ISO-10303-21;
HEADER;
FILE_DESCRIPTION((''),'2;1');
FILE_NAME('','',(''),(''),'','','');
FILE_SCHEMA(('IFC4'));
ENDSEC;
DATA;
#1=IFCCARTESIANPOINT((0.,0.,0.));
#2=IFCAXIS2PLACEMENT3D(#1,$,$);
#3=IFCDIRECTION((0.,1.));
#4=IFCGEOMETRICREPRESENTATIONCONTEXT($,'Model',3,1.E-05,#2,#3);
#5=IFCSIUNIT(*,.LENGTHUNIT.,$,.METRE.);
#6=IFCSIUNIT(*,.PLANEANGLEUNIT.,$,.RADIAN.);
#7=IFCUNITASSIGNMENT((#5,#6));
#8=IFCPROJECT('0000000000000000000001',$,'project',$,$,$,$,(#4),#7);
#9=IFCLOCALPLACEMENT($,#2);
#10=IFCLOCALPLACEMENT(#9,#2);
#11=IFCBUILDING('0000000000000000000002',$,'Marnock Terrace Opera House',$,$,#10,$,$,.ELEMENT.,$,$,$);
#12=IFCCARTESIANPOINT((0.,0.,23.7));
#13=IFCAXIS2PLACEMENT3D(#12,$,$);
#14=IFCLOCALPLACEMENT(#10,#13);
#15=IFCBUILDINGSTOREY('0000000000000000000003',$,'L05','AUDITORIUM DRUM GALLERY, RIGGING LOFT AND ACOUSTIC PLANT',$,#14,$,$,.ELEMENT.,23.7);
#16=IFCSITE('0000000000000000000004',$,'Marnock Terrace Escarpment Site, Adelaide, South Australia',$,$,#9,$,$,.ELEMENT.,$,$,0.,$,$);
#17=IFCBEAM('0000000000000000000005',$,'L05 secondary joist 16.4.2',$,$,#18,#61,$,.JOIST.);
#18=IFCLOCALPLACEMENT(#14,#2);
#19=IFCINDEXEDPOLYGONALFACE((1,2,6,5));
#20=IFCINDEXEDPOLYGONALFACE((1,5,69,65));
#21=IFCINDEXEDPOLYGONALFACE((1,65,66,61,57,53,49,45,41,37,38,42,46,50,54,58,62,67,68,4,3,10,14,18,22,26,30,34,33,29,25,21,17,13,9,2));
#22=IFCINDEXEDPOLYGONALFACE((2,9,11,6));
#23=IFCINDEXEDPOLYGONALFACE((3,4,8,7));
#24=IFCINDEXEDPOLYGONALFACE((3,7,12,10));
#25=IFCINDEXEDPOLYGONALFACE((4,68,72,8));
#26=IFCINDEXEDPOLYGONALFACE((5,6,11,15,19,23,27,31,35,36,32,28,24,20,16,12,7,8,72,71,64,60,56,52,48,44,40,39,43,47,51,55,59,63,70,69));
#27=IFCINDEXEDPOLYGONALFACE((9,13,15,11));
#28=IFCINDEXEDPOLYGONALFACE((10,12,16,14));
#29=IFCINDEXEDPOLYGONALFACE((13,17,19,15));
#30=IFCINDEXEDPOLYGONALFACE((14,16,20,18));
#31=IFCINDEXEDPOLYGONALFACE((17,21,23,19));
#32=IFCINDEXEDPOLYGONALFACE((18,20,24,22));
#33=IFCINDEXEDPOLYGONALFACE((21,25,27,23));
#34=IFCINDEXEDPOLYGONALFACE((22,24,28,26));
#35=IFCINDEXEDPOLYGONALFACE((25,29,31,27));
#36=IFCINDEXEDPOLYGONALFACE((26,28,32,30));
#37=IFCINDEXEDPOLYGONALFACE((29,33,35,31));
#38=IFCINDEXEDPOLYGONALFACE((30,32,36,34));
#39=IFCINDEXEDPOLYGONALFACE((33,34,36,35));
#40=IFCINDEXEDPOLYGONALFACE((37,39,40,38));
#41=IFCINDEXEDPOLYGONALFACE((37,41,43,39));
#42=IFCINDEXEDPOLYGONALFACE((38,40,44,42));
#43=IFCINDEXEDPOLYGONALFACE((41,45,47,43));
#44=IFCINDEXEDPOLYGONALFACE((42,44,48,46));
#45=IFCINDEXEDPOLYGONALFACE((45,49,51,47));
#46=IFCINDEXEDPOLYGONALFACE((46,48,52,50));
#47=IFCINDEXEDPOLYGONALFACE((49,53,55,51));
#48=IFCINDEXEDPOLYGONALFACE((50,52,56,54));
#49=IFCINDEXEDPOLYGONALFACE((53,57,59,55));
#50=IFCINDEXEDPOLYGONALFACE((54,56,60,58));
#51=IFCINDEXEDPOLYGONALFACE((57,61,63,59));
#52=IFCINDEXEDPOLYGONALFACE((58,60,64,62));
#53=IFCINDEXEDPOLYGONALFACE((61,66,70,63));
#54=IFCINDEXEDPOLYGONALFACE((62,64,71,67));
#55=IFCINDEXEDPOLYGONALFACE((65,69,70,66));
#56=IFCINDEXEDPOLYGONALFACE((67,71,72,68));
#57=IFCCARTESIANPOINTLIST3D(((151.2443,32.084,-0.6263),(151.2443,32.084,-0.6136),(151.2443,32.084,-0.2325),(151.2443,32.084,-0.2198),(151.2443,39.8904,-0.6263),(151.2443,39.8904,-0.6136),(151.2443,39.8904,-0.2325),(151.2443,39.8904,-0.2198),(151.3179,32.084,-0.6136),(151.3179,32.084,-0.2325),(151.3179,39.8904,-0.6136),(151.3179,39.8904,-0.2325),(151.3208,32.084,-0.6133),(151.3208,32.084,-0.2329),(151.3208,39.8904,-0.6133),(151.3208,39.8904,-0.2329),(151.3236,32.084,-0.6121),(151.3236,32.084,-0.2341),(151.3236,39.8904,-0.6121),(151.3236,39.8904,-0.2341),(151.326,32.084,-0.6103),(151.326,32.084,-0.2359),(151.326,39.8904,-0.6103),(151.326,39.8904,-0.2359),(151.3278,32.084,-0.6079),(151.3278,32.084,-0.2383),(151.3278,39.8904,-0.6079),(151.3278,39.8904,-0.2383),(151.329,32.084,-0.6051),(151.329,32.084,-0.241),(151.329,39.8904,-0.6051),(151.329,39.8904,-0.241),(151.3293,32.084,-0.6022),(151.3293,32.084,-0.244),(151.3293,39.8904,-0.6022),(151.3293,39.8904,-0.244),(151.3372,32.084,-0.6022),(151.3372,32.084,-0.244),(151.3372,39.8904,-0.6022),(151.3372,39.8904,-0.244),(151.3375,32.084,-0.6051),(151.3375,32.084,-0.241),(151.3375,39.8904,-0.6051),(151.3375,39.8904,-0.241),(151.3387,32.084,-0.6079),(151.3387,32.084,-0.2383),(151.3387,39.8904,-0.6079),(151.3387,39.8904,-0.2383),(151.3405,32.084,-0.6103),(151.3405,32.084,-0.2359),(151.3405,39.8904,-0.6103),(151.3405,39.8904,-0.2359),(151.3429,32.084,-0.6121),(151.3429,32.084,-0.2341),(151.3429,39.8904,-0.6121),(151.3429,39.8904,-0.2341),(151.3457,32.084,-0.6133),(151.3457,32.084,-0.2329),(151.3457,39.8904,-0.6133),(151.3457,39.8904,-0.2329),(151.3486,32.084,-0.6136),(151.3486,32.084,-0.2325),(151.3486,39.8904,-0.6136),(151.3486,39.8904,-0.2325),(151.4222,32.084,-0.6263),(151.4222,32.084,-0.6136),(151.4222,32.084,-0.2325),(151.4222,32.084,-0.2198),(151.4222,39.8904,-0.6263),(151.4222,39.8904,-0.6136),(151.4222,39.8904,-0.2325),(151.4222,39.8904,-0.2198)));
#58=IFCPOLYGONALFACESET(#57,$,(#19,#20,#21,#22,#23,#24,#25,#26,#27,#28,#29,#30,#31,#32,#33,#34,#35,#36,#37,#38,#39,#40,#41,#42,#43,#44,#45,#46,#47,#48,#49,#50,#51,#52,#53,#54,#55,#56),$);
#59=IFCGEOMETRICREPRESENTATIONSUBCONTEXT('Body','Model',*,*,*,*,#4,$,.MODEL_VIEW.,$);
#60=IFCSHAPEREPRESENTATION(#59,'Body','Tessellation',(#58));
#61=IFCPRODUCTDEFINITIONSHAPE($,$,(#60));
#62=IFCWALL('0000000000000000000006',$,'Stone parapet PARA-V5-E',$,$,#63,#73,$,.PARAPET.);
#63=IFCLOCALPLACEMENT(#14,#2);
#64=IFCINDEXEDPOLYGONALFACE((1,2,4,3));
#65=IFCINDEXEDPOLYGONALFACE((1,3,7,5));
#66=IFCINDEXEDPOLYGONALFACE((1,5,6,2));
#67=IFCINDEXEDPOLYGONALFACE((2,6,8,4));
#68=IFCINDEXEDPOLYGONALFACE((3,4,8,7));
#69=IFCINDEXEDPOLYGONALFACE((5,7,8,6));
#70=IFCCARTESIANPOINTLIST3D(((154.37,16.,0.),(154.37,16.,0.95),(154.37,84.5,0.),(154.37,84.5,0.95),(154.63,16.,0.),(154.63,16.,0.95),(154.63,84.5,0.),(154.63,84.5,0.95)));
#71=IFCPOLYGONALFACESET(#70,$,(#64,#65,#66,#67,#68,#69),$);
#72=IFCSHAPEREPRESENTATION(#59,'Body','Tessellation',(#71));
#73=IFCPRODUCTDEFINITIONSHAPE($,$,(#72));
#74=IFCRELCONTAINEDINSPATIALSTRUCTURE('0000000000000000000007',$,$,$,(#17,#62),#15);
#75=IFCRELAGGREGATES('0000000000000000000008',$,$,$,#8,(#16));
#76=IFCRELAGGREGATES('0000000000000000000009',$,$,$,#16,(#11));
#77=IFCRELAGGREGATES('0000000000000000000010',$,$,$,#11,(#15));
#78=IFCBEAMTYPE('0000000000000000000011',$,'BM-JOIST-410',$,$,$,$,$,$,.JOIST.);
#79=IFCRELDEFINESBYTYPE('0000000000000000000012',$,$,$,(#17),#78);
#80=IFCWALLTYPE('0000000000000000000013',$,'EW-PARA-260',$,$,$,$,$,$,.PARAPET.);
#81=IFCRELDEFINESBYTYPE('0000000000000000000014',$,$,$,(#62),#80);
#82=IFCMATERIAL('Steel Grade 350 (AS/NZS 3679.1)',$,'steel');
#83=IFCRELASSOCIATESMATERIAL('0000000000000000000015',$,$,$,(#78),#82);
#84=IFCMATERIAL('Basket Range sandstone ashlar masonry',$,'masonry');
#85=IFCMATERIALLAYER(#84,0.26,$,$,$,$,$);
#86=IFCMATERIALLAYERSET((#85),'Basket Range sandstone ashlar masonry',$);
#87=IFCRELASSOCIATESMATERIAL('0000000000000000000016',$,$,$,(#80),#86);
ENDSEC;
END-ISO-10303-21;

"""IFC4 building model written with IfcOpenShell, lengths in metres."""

from ifc_helpers import new_model, si_unit, direction, frame, frame_2d, origin, origin_2d, place, context, subcontext, project, spatial, rectangle, i_section, extrude, material, layer, layer_set, material_profile, profile_set, type_object, element, save


model = new_model("IFC4")

# Units and contexts
model_context = context("Model", 3, precision=1e-05, world=origin(), true_north=direction((0.0, 1.0)))
body_context = subcontext(model_context, "Body", "Model", "MODEL_VIEW")
ifc_project = project(units=[si_unit("LENGTHUNIT", "METRE"), si_unit("PLANEANGLEUNIT", "RADIAN")], contexts=[model_context])

# Site, building, storey
site_placement = place(None, origin())
site = spatial("IfcSite", under=ifc_project, at=site_placement, Name="Marnock Terrace Escarpment Site, Adelaide, South Australia", CompositionType="ELEMENT", RefElevation=0.0)
building_placement = place(site_placement, origin())
building = spatial("IfcBuilding", under=site, at=building_placement, Name="Marnock Terrace Opera House", CompositionType="ELEMENT")
storey_placement = place(building_placement, frame((0.0, 0.0, 23.7)))
storey = spatial("IfcBuildingStorey", under=building, at=storey_placement, Name="L05", Description="AUDITORIUM DRUM GALLERY, RIGGING LOFT AND ACOUSTIC PLANT", CompositionType="ELEMENT", Elevation=23.7)

# Beam
ifc_material_1 = material(Name="Steel Grade 350 (AS/NZS 3679.1)", Category="steel")
ifc_material_profile_1 = material_profile(ifc_material_1, i_section(OverallWidth=0.178, OverallDepth=0.4065, WebThickness=0.0078, FlangeThickness=0.0127, FilletRadius=0.0115, at=origin_2d()))
ifc_profile_set_1 = profile_set([ifc_material_profile_1], Name="Steel Grade 350 (AS/NZS 3679.1)")
beam_type_1 = type_object("IfcBeamType", Name="BM-JOIST-410", PredefinedType="JOIST", material=ifc_profile_set_1)
for number, where, z_axis, x_axis, name in (
    (1, (151.3333, 32.084, -0.4231), (0.0, 1.0, 0.0), (-1.0, 0.0, 0.0), "L05 secondary joist 16.4.2"),
):
    element("IfcBeam", number, at=place(storey_placement, frame(where, z_axis=z_axis, x_axis=x_axis)), inside=storey, type_object=beam_type_1, Name=name, PredefinedType="JOIST", context=body_context, shape_type="SweptSolid", body=[
        extrude(i_section(OverallWidth=0.178, OverallDepth=0.4065, WebThickness=0.0078, FlangeThickness=0.0127, FilletRadius=0.0115, at=origin_2d()), origin(), (0.0, 0.0, 1.0), 7.8064),
    ])

# Wall
ifc_material_2 = material(Name="Basket Range sandstone ashlar masonry", Category="masonry")
ifc_layer = layer(ifc_material_2, 0.26)
ifc_layer_set = layer_set([ifc_layer], Name="Basket Range sandstone ashlar masonry")
wall_type = type_object("IfcWallType", Name="EW-PARA-260", PredefinedType="PARAPET", material=ifc_layer_set)
wall_placement = place(storey_placement, frame((154.5, 16.0, 0.0), z_axis=(0.0, 0.0, 1.0), x_axis=(0.0, 1.0, 0.0)))
element("IfcWall", 2, at=wall_placement, inside=storey, type_object=wall_type, Name="Stone parapet PARA-V5-E", PredefinedType="PARAPET", context=body_context, shape_type="SweptSolid", body=[
    extrude(rectangle(XDim=68.5, YDim=0.26, at=frame_2d((34.25, 0.0))), origin(), (0.0, 0.0, 1.0), 0.95),
])

save(model, "model.ifc")
